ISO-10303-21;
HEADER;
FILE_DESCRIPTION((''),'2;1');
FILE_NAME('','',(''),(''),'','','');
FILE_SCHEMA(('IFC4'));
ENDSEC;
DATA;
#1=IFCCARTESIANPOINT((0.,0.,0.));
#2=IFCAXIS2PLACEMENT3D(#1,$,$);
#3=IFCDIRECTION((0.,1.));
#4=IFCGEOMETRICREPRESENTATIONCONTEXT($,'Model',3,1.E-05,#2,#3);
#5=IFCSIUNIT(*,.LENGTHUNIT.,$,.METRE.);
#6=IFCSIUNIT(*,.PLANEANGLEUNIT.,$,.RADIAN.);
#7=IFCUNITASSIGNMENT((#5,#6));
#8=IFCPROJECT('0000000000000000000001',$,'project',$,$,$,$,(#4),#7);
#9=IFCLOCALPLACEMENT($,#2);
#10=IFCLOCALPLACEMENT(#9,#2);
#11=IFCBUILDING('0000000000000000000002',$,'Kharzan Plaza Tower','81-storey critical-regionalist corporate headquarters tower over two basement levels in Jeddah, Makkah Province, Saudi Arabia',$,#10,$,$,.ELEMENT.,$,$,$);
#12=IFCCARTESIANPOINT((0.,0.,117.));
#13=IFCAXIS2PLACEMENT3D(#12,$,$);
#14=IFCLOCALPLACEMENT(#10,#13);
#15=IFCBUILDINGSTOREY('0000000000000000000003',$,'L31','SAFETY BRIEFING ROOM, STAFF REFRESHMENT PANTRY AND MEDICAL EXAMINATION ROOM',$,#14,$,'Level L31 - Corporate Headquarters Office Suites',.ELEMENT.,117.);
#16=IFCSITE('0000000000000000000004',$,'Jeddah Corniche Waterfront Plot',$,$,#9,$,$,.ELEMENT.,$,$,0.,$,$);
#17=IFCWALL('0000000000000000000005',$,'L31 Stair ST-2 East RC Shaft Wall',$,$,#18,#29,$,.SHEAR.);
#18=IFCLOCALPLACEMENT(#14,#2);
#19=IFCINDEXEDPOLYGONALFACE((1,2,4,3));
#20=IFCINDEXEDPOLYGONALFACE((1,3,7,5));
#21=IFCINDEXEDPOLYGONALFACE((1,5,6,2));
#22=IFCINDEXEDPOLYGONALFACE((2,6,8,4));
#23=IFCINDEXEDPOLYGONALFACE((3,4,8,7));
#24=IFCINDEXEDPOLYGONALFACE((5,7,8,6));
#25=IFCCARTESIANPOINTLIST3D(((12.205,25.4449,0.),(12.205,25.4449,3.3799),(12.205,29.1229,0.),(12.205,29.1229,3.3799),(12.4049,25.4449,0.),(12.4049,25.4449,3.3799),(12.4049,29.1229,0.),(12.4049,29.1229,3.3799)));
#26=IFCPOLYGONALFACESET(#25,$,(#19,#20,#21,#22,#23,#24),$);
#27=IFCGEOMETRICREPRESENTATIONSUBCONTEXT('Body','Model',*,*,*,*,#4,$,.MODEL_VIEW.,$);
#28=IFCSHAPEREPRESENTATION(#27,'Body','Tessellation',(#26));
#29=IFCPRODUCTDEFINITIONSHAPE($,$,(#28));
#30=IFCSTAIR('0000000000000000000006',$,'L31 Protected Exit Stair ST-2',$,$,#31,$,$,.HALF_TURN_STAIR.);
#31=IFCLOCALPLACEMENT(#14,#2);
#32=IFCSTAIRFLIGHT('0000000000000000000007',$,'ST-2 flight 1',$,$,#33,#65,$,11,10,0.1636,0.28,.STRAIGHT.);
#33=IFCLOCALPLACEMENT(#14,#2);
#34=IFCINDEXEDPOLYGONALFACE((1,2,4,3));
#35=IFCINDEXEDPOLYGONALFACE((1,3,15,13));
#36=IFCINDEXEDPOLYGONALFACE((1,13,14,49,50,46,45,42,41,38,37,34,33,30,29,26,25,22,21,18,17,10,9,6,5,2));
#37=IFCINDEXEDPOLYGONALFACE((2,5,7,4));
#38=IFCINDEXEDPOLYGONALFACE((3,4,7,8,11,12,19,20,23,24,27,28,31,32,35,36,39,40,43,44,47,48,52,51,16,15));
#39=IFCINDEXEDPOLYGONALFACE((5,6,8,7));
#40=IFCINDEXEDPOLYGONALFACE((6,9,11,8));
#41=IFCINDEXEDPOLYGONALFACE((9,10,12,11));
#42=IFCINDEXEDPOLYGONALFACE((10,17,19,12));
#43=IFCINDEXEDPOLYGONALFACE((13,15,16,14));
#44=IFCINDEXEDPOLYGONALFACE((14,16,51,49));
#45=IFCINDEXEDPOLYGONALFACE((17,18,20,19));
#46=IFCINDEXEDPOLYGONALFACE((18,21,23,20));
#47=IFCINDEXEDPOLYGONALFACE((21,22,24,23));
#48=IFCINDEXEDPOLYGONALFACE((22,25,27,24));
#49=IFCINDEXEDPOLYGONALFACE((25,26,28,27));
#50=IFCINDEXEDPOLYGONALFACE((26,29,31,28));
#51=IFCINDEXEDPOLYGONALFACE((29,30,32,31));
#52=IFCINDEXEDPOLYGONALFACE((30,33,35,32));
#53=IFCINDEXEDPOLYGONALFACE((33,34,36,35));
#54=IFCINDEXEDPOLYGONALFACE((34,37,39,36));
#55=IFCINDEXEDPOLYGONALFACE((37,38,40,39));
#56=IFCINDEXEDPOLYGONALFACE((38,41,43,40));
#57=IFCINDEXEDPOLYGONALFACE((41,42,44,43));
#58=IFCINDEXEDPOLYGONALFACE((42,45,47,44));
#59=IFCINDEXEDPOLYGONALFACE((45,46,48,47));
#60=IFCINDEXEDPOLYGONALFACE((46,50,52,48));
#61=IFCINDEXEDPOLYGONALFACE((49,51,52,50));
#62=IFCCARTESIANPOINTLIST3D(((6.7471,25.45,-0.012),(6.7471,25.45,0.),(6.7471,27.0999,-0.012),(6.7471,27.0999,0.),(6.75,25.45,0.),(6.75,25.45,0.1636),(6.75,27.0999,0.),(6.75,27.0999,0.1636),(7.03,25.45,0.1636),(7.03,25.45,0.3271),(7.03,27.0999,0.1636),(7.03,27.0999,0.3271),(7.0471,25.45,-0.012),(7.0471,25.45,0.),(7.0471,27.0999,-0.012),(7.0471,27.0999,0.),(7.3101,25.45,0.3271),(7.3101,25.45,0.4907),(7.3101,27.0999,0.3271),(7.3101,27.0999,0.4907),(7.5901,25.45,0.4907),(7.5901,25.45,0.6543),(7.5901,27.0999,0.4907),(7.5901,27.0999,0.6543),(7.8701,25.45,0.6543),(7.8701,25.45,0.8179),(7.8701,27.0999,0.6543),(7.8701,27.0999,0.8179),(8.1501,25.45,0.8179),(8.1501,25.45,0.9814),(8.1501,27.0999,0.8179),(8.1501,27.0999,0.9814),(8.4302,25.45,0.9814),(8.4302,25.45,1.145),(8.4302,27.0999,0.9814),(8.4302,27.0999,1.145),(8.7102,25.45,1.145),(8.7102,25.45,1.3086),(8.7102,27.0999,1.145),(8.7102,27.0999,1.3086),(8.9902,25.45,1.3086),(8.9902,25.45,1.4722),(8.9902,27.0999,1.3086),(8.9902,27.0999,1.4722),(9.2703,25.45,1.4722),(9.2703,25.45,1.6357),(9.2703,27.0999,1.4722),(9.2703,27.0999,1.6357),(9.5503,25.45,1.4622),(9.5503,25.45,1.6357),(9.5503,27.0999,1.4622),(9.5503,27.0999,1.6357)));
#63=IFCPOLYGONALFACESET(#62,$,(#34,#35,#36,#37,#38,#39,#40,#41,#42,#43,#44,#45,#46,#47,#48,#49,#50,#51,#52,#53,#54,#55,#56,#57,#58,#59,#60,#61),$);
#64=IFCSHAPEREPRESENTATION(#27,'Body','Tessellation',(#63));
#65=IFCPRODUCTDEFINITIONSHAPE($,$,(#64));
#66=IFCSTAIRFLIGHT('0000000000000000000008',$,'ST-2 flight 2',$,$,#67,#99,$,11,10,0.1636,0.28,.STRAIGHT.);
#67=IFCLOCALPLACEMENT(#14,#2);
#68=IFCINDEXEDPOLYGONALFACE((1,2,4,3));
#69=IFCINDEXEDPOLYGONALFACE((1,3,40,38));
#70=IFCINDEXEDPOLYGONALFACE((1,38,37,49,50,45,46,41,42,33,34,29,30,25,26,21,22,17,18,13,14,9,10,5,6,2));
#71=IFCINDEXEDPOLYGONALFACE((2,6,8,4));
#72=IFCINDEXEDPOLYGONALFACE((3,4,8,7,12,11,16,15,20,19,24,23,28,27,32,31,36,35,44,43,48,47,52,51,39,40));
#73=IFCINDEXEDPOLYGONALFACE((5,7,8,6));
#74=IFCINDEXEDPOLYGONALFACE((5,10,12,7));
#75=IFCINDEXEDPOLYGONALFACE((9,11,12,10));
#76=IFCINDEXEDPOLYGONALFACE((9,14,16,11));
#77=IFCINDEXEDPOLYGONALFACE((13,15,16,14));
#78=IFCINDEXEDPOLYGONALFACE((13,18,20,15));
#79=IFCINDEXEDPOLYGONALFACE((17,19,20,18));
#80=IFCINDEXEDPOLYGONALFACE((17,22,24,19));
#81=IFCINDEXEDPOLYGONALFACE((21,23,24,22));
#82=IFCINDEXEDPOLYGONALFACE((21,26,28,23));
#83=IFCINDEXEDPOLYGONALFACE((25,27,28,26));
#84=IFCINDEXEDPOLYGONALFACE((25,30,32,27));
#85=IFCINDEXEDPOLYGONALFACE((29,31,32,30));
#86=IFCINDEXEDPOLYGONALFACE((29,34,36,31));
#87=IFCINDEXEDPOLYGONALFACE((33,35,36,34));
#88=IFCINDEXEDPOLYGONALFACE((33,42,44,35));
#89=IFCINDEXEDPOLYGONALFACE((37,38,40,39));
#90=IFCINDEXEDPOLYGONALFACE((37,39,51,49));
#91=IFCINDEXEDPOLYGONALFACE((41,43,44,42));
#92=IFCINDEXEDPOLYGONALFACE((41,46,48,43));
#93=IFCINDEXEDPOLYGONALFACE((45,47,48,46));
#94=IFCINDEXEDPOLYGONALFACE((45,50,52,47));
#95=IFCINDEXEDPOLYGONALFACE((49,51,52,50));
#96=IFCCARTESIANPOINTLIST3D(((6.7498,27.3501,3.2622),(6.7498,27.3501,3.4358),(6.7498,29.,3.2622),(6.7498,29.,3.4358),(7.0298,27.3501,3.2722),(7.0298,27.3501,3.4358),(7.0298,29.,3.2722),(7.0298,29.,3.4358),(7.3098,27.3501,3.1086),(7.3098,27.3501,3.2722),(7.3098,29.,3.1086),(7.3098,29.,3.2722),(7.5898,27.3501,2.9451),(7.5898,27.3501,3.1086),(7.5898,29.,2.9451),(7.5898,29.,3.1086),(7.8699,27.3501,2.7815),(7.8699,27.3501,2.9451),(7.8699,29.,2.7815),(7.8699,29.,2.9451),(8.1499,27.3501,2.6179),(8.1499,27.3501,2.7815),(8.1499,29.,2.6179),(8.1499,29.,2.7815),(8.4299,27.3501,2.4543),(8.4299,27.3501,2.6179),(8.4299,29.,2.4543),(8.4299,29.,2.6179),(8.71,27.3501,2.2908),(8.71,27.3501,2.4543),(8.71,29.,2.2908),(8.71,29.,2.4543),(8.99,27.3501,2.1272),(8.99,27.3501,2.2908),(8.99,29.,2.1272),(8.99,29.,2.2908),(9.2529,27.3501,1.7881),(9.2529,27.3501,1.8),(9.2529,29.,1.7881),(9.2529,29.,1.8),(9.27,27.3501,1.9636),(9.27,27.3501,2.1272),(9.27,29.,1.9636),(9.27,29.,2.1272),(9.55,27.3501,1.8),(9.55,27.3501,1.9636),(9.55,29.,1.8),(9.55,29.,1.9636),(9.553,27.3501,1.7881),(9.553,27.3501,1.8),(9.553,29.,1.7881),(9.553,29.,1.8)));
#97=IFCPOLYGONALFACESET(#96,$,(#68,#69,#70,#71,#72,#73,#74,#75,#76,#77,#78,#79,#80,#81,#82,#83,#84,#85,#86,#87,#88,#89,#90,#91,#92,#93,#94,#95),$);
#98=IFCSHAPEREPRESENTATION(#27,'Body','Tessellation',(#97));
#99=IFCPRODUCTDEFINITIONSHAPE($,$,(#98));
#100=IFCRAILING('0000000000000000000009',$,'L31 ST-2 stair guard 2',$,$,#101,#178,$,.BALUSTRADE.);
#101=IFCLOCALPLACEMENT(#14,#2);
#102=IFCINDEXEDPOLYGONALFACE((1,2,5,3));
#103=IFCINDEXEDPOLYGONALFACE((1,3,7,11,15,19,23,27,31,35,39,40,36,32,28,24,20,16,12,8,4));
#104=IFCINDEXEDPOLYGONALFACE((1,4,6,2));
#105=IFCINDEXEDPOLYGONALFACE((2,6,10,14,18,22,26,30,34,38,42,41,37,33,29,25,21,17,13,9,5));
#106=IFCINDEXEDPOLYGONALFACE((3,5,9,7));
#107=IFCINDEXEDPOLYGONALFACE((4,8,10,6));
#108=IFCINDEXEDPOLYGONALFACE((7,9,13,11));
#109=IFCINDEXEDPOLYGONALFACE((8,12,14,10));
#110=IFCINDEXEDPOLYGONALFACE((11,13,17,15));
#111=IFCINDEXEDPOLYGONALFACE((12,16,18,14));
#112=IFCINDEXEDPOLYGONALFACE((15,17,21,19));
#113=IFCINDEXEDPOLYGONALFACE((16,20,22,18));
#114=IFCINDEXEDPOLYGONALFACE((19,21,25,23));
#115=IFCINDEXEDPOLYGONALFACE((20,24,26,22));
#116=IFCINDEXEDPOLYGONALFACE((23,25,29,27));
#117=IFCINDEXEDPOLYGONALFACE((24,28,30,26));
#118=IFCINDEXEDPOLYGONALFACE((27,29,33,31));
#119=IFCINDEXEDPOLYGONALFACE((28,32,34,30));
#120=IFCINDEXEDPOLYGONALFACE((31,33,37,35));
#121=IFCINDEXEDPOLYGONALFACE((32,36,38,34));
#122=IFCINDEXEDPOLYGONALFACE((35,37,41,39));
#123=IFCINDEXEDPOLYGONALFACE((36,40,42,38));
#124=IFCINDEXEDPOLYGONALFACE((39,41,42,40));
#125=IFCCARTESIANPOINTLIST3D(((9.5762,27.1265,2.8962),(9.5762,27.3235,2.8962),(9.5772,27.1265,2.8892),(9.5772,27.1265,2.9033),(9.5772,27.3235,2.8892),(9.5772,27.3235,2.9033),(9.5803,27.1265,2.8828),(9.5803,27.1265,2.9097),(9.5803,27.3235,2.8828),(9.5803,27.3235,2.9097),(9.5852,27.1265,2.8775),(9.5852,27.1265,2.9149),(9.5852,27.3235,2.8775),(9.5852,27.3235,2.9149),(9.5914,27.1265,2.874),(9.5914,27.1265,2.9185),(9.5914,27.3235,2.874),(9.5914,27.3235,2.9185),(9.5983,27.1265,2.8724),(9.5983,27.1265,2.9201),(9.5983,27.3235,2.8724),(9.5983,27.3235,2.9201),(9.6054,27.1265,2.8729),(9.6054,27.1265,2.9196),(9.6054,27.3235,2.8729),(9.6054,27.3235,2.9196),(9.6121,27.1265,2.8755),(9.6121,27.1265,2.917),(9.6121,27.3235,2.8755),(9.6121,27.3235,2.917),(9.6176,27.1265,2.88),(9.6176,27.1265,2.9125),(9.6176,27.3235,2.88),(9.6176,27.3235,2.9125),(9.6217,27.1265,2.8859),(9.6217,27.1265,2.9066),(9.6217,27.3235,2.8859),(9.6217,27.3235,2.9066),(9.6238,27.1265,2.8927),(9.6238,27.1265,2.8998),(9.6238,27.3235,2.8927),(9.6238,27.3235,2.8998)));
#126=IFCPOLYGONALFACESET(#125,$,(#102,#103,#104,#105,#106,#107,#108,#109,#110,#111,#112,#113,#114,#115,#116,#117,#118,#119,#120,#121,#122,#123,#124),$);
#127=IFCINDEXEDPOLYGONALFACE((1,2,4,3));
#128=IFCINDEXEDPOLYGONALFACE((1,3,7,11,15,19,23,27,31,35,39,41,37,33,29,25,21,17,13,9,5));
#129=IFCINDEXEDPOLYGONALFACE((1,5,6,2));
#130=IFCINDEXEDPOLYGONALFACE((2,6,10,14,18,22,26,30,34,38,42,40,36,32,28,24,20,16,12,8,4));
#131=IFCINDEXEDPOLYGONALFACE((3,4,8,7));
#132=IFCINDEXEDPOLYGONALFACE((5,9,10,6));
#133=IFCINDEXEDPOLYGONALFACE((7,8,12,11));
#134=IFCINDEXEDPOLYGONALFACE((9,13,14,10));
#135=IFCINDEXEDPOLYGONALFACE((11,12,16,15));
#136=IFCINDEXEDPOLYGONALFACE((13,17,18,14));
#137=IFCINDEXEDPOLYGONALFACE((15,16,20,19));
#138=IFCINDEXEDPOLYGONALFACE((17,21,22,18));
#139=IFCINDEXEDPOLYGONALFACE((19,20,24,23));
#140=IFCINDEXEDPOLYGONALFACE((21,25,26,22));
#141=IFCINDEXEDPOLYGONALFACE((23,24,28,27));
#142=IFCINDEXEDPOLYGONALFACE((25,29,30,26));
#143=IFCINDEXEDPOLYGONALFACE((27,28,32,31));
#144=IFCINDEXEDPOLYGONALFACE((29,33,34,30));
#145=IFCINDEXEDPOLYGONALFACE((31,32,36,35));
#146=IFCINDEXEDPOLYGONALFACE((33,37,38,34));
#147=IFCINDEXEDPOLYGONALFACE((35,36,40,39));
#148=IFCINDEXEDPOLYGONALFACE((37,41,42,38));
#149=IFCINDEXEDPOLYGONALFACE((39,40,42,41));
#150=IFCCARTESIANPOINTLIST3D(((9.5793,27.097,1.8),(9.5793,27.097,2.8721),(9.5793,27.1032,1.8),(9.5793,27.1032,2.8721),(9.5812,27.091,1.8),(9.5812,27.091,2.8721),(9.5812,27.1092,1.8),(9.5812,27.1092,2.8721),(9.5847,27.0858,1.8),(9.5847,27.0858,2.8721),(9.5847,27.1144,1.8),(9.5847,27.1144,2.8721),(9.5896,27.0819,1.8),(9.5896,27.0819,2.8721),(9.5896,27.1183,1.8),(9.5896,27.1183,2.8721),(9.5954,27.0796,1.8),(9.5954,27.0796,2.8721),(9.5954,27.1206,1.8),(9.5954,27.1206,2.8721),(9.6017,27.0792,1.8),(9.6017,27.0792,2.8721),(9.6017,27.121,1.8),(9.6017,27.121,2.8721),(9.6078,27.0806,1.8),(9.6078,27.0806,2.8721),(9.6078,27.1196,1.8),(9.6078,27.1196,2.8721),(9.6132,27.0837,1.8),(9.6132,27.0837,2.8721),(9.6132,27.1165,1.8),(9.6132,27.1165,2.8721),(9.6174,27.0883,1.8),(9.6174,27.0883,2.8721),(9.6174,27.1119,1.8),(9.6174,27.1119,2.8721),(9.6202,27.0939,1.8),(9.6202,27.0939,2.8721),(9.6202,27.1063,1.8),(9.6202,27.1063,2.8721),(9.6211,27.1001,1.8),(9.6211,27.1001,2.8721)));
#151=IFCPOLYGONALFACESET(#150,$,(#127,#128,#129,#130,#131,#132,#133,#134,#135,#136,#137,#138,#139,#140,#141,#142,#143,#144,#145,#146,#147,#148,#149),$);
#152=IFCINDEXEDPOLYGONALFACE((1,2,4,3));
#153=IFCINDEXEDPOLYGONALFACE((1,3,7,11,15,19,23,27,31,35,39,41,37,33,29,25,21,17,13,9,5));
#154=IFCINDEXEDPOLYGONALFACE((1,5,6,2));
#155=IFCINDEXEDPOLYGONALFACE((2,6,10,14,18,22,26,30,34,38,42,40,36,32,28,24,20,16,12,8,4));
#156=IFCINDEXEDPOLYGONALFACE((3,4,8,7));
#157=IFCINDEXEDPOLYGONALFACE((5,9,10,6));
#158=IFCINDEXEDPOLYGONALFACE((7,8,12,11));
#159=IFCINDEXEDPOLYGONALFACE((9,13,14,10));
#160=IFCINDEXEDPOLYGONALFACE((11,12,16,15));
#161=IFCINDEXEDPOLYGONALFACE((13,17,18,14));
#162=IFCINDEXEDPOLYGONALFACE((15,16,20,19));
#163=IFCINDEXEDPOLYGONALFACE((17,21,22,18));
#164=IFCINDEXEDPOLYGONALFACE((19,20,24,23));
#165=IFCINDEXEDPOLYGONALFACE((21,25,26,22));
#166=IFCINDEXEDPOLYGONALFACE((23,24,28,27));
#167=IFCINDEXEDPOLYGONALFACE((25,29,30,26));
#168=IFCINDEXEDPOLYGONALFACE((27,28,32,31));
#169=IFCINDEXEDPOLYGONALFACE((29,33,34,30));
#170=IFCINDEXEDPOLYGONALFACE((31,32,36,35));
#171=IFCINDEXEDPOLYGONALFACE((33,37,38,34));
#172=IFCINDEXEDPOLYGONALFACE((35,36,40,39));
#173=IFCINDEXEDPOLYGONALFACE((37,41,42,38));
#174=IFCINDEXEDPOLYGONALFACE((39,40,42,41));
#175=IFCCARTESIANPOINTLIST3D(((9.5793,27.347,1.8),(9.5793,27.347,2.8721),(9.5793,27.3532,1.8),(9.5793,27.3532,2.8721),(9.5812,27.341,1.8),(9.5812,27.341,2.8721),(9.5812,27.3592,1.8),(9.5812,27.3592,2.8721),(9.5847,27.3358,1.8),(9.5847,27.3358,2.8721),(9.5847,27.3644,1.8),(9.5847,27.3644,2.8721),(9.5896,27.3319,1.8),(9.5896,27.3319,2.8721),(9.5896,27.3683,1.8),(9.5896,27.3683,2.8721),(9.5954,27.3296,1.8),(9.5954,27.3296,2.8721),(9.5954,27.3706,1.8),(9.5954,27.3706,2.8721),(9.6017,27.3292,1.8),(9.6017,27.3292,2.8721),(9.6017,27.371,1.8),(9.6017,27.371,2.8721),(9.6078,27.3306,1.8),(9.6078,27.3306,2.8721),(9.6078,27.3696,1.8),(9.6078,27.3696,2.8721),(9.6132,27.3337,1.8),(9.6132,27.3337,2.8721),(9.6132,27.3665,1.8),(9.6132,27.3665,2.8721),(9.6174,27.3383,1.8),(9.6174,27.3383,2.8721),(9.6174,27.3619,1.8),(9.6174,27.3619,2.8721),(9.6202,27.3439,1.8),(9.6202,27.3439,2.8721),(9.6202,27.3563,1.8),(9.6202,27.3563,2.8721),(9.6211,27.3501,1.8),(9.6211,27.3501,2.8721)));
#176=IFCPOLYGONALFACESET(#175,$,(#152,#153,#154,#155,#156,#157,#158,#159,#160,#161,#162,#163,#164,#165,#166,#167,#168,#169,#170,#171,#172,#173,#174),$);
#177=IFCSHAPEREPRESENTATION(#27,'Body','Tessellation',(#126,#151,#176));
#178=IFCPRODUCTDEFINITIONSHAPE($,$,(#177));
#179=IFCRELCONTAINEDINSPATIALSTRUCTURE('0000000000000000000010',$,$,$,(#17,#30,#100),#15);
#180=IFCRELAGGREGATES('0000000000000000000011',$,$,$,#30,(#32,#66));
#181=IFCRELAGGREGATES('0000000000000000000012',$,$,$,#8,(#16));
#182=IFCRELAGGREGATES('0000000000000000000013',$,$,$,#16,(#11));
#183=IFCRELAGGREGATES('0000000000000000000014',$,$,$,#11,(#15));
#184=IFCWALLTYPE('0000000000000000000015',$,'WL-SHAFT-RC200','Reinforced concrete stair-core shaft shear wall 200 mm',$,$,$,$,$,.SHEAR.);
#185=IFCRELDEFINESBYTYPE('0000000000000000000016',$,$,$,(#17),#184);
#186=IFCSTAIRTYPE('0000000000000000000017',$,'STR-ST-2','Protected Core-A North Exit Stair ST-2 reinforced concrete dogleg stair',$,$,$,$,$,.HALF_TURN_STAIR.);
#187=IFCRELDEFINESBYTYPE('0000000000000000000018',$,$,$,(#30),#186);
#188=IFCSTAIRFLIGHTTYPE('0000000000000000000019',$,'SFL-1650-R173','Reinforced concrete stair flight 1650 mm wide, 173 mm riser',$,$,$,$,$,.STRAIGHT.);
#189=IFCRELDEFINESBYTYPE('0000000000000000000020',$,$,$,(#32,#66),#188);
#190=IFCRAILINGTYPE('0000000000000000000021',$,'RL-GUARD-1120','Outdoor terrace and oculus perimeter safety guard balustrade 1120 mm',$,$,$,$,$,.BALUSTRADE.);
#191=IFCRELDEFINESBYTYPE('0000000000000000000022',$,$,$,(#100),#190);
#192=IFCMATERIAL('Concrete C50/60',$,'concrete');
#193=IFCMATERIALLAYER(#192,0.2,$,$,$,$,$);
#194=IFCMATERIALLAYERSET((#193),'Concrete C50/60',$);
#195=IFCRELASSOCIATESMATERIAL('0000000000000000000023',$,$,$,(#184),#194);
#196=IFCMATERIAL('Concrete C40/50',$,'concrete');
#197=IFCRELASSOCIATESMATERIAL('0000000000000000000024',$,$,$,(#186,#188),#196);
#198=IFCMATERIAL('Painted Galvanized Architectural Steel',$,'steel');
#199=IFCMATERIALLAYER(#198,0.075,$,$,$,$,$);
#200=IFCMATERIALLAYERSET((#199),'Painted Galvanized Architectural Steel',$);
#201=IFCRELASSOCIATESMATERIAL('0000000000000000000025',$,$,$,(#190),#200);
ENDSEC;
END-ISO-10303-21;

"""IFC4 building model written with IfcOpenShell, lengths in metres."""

from ifc_helpers import new_model, si_unit, direction, frame, frame_2d, origin, origin_2d, place, context, subcontext, project, spatial, polyline, rectangle, circle, outline, extrude, source, transform, mapped, material, layer, layer_set, type_object, element, aggregate, save


model = new_model("IFC4")

# Units and contexts
model_context = context("Model", 3, precision=1e-05, world=origin(), true_north=direction((0.0, 1.0)))
body_context = subcontext(model_context, "Body", "Model", "MODEL_VIEW")
ifc_project = project(units=[si_unit("LENGTHUNIT", "METRE"), si_unit("PLANEANGLEUNIT", "RADIAN")], contexts=[model_context])

# Site, building, storey
site_placement = place(None, origin())
site = spatial("IfcSite", under=ifc_project, at=site_placement, Name="Jeddah Corniche Waterfront Plot", CompositionType="ELEMENT", RefElevation=0.0)
building_placement = place(site_placement, origin())
building = spatial("IfcBuilding", under=site, at=building_placement, Name="Kharzan Plaza Tower", Description="81-storey critical-regionalist corporate headquarters tower over two basement levels in Jeddah, Makkah Province, Saudi Arabia", CompositionType="ELEMENT")
storey_placement = place(building_placement, frame((0.0, 0.0, 117.0)))
storey = spatial("IfcBuildingStorey", under=building, at=storey_placement, Name="L31", Description="SAFETY BRIEFING ROOM, STAFF REFRESHMENT PANTRY AND MEDICAL EXAMINATION ROOM", LongName="Level L31 - Corporate Headquarters Office Suites", CompositionType="ELEMENT", Elevation=117.0)

# Shared definitions
ifc_material_1 = material(Name="Concrete C40/50", Category="concrete")

# Wall
ifc_material_2 = material(Name="Concrete C50/60", Category="concrete")
ifc_layer_1 = layer(ifc_material_2, 0.2)
ifc_layer_set_1 = layer_set([ifc_layer_1], Name="Concrete C50/60")
wall_type_1 = type_object("IfcWallType", Name="WL-SHAFT-RC200", Description="Reinforced concrete stair-core shaft shear wall 200 mm", PredefinedType="SHEAR", material=ifc_layer_set_1)
shared_shape_1 = source(origin(), body_context, "Body", "SweptSolid", [
    extrude(rectangle(XDim=3.678, YDim=0.2, at=frame_2d((1.8389, 0.0))), origin(), (0.0, 0.0, 1.0), 3.3799),
])
wall_1_placement = place(storey_placement, frame((12.3049, 25.4451, 0.0), z_axis=(0.0, 0.0, 1.0), x_axis=(0.0, 1.0, 0.0)))
element("IfcWall", 1, at=wall_1_placement, inside=storey, type_object=wall_type_1, Name="L31 Stair ST-2 East RC Shaft Wall", PredefinedType="SHEAR", context=body_context, shape_type="MappedRepresentation", body=[
    mapped(shared_shape_1, transform((0.0, 0.0, 0.0), x_axis=(1.0, 0.0, 0.0), y_axis=(0.0, 1.0, 0.0), z_axis=(0.0, 0.0, 1.0))),
])

# Stair, stair flights
stair_type = type_object("IfcStairType", Name="STR-ST-2", Description="Protected Core-A North Exit Stair ST-2 reinforced concrete dogleg stair", PredefinedType="HALF_TURN_STAIR", material=ifc_material_1)
stair_placement = place(storey_placement, origin())
stair = element("IfcStair", 2, at=stair_placement, inside=storey, type_object=stair_type, Name="L31 Protected Exit Stair ST-2", PredefinedType="HALF_TURN_STAIR")
stair_flight_type = type_object("IfcStairFlightType", Name="SFL-1650-R173", Description="Reinforced concrete stair flight 1650 mm wide, 173 mm riser", PredefinedType="STRAIGHT", material=ifc_material_1)
shared_shape_2 = source(origin(), body_context, "Body", "SweptSolid", [
    extrude(outline(polyline([(-0.0029, -0.012), (-0.0029, 0.0), (0.0, 0.0), (0.0, 0.1636), (0.28, 0.1636), (0.28, 0.3271), (0.5601, 0.3271), (0.5601, 0.4907), (0.8401, 0.4907), (0.8401, 0.6543), (1.1201, 0.6543), (1.1201, 0.8179), (1.4001, 0.8179), (1.4001, 0.9814), (1.6802, 0.9814), (1.6802, 1.145), (1.9602, 1.145), (1.9602, 1.3086), (2.2402, 1.3086), (2.2402, 1.4722), (2.5203, 1.4722), (2.5203, 1.6357), (2.8003, 1.6357), (2.8003, 1.7993), (2.8003, 1.4622), (0.2971, 0.0), (0.2971, -0.012), (-0.0029, -0.012)])), frame((0.0, 0.825, 0.0), z_axis=(0.0, -1.0, 0.0), x_axis=(1.0, 0.0, 0.0)), (0.0, 0.0, 1.0), 1.6499),
])
stair_flight_1_placement = place(storey_placement, frame((6.75, 26.2749, 0.0), z_axis=(0.0, 0.0, 1.0), x_axis=(1.0, 0.0, 0.0)))
stair_flight_1 = element("IfcStairFlight", 3, at=stair_flight_1_placement, type_object=stair_flight_type, Name="ST-2 flight 1", NumberOfRisers=11, NumberOfTreads=10, PredefinedType="STRAIGHT", RiserHeight=0.1636, TreadLength=0.28, context=body_context, shape_type="MappedRepresentation", body=[
    mapped(shared_shape_2, transform((0.0, 0.0, 0.0), x_axis=(1.0, 0.0, 0.0), y_axis=(0.0, 1.0, 0.0), z_axis=(0.0, 0.0, 1.0))),
])
stair_flight_2_placement = place(storey_placement, frame((9.55, 28.175, 1.8), z_axis=(0.0, 0.0, 1.0), x_axis=(-1.0, 0.0, 0.0)))
stair_flight_2 = element("IfcStairFlight", 4, at=stair_flight_2_placement, type_object=stair_flight_type, Name="ST-2 flight 2", NumberOfRisers=11, NumberOfTreads=10, PredefinedType="STRAIGHT", RiserHeight=0.1636, TreadLength=0.28, context=body_context, shape_type="MappedRepresentation", body=[
    mapped(shared_shape_2, transform((0.0, 0.0, 0.0), x_axis=(1.0, 0.0, 0.0), y_axis=(0.0, 1.0, 0.0), z_axis=(0.0, 0.0, 1.0))),
])
aggregate(stair, [stair_flight_1, stair_flight_2])

# Railing
ifc_material_3 = material(Name="Painted Galvanized Architectural Steel", Category="steel")
ifc_layer_2 = layer(ifc_material_3, 0.075)
ifc_layer_set_2 = layer_set([ifc_layer_2], Name="Painted Galvanized Architectural Steel")
railing_type_1 = type_object("IfcRailingType", Name="RL-GUARD-1120", Description="Outdoor terrace and oculus perimeter safety guard balustrade 1120 mm", PredefinedType="BALUSTRADE", material=ifc_layer_set_2)
shared_shape_3 = source(origin(), body_context, "Body", "SweptSolid", [
    extrude(circle(Radius=0.0239, at=origin_2d()), frame((0.0, 0.0264, 1.0962), z_axis=(0.0, 1.0, 0.0), x_axis=(-1.0, 0.0, 0.0)), (0.0, 0.0, 1.0), 0.197),
    extrude(circle(Radius=0.021, at=origin_2d()), origin(), (0.0, 0.0, 1.0), 1.072),
    extrude(circle(Radius=0.021, at=origin_2d()), frame((0.0, 0.25, 0.0)), (0.0, 0.0, 1.0), 1.072),
])
railing_1_placement = place(storey_placement, frame((9.6001, 27.1001, 1.8)))
element("IfcRailing", 5, at=railing_1_placement, inside=storey, type_object=railing_type_1, Name="L31 ST-2 stair guard 2", PredefinedType="BALUSTRADE", context=body_context, shape_type="MappedRepresentation", body=[
    mapped(shared_shape_3, transform((0.0, 0.0, 0.0), x_axis=(1.0, 0.0, 0.0), y_axis=(0.0, 1.0, 0.0), z_axis=(0.0, 0.0, 1.0))),
])

save(model, "model.ifc")
